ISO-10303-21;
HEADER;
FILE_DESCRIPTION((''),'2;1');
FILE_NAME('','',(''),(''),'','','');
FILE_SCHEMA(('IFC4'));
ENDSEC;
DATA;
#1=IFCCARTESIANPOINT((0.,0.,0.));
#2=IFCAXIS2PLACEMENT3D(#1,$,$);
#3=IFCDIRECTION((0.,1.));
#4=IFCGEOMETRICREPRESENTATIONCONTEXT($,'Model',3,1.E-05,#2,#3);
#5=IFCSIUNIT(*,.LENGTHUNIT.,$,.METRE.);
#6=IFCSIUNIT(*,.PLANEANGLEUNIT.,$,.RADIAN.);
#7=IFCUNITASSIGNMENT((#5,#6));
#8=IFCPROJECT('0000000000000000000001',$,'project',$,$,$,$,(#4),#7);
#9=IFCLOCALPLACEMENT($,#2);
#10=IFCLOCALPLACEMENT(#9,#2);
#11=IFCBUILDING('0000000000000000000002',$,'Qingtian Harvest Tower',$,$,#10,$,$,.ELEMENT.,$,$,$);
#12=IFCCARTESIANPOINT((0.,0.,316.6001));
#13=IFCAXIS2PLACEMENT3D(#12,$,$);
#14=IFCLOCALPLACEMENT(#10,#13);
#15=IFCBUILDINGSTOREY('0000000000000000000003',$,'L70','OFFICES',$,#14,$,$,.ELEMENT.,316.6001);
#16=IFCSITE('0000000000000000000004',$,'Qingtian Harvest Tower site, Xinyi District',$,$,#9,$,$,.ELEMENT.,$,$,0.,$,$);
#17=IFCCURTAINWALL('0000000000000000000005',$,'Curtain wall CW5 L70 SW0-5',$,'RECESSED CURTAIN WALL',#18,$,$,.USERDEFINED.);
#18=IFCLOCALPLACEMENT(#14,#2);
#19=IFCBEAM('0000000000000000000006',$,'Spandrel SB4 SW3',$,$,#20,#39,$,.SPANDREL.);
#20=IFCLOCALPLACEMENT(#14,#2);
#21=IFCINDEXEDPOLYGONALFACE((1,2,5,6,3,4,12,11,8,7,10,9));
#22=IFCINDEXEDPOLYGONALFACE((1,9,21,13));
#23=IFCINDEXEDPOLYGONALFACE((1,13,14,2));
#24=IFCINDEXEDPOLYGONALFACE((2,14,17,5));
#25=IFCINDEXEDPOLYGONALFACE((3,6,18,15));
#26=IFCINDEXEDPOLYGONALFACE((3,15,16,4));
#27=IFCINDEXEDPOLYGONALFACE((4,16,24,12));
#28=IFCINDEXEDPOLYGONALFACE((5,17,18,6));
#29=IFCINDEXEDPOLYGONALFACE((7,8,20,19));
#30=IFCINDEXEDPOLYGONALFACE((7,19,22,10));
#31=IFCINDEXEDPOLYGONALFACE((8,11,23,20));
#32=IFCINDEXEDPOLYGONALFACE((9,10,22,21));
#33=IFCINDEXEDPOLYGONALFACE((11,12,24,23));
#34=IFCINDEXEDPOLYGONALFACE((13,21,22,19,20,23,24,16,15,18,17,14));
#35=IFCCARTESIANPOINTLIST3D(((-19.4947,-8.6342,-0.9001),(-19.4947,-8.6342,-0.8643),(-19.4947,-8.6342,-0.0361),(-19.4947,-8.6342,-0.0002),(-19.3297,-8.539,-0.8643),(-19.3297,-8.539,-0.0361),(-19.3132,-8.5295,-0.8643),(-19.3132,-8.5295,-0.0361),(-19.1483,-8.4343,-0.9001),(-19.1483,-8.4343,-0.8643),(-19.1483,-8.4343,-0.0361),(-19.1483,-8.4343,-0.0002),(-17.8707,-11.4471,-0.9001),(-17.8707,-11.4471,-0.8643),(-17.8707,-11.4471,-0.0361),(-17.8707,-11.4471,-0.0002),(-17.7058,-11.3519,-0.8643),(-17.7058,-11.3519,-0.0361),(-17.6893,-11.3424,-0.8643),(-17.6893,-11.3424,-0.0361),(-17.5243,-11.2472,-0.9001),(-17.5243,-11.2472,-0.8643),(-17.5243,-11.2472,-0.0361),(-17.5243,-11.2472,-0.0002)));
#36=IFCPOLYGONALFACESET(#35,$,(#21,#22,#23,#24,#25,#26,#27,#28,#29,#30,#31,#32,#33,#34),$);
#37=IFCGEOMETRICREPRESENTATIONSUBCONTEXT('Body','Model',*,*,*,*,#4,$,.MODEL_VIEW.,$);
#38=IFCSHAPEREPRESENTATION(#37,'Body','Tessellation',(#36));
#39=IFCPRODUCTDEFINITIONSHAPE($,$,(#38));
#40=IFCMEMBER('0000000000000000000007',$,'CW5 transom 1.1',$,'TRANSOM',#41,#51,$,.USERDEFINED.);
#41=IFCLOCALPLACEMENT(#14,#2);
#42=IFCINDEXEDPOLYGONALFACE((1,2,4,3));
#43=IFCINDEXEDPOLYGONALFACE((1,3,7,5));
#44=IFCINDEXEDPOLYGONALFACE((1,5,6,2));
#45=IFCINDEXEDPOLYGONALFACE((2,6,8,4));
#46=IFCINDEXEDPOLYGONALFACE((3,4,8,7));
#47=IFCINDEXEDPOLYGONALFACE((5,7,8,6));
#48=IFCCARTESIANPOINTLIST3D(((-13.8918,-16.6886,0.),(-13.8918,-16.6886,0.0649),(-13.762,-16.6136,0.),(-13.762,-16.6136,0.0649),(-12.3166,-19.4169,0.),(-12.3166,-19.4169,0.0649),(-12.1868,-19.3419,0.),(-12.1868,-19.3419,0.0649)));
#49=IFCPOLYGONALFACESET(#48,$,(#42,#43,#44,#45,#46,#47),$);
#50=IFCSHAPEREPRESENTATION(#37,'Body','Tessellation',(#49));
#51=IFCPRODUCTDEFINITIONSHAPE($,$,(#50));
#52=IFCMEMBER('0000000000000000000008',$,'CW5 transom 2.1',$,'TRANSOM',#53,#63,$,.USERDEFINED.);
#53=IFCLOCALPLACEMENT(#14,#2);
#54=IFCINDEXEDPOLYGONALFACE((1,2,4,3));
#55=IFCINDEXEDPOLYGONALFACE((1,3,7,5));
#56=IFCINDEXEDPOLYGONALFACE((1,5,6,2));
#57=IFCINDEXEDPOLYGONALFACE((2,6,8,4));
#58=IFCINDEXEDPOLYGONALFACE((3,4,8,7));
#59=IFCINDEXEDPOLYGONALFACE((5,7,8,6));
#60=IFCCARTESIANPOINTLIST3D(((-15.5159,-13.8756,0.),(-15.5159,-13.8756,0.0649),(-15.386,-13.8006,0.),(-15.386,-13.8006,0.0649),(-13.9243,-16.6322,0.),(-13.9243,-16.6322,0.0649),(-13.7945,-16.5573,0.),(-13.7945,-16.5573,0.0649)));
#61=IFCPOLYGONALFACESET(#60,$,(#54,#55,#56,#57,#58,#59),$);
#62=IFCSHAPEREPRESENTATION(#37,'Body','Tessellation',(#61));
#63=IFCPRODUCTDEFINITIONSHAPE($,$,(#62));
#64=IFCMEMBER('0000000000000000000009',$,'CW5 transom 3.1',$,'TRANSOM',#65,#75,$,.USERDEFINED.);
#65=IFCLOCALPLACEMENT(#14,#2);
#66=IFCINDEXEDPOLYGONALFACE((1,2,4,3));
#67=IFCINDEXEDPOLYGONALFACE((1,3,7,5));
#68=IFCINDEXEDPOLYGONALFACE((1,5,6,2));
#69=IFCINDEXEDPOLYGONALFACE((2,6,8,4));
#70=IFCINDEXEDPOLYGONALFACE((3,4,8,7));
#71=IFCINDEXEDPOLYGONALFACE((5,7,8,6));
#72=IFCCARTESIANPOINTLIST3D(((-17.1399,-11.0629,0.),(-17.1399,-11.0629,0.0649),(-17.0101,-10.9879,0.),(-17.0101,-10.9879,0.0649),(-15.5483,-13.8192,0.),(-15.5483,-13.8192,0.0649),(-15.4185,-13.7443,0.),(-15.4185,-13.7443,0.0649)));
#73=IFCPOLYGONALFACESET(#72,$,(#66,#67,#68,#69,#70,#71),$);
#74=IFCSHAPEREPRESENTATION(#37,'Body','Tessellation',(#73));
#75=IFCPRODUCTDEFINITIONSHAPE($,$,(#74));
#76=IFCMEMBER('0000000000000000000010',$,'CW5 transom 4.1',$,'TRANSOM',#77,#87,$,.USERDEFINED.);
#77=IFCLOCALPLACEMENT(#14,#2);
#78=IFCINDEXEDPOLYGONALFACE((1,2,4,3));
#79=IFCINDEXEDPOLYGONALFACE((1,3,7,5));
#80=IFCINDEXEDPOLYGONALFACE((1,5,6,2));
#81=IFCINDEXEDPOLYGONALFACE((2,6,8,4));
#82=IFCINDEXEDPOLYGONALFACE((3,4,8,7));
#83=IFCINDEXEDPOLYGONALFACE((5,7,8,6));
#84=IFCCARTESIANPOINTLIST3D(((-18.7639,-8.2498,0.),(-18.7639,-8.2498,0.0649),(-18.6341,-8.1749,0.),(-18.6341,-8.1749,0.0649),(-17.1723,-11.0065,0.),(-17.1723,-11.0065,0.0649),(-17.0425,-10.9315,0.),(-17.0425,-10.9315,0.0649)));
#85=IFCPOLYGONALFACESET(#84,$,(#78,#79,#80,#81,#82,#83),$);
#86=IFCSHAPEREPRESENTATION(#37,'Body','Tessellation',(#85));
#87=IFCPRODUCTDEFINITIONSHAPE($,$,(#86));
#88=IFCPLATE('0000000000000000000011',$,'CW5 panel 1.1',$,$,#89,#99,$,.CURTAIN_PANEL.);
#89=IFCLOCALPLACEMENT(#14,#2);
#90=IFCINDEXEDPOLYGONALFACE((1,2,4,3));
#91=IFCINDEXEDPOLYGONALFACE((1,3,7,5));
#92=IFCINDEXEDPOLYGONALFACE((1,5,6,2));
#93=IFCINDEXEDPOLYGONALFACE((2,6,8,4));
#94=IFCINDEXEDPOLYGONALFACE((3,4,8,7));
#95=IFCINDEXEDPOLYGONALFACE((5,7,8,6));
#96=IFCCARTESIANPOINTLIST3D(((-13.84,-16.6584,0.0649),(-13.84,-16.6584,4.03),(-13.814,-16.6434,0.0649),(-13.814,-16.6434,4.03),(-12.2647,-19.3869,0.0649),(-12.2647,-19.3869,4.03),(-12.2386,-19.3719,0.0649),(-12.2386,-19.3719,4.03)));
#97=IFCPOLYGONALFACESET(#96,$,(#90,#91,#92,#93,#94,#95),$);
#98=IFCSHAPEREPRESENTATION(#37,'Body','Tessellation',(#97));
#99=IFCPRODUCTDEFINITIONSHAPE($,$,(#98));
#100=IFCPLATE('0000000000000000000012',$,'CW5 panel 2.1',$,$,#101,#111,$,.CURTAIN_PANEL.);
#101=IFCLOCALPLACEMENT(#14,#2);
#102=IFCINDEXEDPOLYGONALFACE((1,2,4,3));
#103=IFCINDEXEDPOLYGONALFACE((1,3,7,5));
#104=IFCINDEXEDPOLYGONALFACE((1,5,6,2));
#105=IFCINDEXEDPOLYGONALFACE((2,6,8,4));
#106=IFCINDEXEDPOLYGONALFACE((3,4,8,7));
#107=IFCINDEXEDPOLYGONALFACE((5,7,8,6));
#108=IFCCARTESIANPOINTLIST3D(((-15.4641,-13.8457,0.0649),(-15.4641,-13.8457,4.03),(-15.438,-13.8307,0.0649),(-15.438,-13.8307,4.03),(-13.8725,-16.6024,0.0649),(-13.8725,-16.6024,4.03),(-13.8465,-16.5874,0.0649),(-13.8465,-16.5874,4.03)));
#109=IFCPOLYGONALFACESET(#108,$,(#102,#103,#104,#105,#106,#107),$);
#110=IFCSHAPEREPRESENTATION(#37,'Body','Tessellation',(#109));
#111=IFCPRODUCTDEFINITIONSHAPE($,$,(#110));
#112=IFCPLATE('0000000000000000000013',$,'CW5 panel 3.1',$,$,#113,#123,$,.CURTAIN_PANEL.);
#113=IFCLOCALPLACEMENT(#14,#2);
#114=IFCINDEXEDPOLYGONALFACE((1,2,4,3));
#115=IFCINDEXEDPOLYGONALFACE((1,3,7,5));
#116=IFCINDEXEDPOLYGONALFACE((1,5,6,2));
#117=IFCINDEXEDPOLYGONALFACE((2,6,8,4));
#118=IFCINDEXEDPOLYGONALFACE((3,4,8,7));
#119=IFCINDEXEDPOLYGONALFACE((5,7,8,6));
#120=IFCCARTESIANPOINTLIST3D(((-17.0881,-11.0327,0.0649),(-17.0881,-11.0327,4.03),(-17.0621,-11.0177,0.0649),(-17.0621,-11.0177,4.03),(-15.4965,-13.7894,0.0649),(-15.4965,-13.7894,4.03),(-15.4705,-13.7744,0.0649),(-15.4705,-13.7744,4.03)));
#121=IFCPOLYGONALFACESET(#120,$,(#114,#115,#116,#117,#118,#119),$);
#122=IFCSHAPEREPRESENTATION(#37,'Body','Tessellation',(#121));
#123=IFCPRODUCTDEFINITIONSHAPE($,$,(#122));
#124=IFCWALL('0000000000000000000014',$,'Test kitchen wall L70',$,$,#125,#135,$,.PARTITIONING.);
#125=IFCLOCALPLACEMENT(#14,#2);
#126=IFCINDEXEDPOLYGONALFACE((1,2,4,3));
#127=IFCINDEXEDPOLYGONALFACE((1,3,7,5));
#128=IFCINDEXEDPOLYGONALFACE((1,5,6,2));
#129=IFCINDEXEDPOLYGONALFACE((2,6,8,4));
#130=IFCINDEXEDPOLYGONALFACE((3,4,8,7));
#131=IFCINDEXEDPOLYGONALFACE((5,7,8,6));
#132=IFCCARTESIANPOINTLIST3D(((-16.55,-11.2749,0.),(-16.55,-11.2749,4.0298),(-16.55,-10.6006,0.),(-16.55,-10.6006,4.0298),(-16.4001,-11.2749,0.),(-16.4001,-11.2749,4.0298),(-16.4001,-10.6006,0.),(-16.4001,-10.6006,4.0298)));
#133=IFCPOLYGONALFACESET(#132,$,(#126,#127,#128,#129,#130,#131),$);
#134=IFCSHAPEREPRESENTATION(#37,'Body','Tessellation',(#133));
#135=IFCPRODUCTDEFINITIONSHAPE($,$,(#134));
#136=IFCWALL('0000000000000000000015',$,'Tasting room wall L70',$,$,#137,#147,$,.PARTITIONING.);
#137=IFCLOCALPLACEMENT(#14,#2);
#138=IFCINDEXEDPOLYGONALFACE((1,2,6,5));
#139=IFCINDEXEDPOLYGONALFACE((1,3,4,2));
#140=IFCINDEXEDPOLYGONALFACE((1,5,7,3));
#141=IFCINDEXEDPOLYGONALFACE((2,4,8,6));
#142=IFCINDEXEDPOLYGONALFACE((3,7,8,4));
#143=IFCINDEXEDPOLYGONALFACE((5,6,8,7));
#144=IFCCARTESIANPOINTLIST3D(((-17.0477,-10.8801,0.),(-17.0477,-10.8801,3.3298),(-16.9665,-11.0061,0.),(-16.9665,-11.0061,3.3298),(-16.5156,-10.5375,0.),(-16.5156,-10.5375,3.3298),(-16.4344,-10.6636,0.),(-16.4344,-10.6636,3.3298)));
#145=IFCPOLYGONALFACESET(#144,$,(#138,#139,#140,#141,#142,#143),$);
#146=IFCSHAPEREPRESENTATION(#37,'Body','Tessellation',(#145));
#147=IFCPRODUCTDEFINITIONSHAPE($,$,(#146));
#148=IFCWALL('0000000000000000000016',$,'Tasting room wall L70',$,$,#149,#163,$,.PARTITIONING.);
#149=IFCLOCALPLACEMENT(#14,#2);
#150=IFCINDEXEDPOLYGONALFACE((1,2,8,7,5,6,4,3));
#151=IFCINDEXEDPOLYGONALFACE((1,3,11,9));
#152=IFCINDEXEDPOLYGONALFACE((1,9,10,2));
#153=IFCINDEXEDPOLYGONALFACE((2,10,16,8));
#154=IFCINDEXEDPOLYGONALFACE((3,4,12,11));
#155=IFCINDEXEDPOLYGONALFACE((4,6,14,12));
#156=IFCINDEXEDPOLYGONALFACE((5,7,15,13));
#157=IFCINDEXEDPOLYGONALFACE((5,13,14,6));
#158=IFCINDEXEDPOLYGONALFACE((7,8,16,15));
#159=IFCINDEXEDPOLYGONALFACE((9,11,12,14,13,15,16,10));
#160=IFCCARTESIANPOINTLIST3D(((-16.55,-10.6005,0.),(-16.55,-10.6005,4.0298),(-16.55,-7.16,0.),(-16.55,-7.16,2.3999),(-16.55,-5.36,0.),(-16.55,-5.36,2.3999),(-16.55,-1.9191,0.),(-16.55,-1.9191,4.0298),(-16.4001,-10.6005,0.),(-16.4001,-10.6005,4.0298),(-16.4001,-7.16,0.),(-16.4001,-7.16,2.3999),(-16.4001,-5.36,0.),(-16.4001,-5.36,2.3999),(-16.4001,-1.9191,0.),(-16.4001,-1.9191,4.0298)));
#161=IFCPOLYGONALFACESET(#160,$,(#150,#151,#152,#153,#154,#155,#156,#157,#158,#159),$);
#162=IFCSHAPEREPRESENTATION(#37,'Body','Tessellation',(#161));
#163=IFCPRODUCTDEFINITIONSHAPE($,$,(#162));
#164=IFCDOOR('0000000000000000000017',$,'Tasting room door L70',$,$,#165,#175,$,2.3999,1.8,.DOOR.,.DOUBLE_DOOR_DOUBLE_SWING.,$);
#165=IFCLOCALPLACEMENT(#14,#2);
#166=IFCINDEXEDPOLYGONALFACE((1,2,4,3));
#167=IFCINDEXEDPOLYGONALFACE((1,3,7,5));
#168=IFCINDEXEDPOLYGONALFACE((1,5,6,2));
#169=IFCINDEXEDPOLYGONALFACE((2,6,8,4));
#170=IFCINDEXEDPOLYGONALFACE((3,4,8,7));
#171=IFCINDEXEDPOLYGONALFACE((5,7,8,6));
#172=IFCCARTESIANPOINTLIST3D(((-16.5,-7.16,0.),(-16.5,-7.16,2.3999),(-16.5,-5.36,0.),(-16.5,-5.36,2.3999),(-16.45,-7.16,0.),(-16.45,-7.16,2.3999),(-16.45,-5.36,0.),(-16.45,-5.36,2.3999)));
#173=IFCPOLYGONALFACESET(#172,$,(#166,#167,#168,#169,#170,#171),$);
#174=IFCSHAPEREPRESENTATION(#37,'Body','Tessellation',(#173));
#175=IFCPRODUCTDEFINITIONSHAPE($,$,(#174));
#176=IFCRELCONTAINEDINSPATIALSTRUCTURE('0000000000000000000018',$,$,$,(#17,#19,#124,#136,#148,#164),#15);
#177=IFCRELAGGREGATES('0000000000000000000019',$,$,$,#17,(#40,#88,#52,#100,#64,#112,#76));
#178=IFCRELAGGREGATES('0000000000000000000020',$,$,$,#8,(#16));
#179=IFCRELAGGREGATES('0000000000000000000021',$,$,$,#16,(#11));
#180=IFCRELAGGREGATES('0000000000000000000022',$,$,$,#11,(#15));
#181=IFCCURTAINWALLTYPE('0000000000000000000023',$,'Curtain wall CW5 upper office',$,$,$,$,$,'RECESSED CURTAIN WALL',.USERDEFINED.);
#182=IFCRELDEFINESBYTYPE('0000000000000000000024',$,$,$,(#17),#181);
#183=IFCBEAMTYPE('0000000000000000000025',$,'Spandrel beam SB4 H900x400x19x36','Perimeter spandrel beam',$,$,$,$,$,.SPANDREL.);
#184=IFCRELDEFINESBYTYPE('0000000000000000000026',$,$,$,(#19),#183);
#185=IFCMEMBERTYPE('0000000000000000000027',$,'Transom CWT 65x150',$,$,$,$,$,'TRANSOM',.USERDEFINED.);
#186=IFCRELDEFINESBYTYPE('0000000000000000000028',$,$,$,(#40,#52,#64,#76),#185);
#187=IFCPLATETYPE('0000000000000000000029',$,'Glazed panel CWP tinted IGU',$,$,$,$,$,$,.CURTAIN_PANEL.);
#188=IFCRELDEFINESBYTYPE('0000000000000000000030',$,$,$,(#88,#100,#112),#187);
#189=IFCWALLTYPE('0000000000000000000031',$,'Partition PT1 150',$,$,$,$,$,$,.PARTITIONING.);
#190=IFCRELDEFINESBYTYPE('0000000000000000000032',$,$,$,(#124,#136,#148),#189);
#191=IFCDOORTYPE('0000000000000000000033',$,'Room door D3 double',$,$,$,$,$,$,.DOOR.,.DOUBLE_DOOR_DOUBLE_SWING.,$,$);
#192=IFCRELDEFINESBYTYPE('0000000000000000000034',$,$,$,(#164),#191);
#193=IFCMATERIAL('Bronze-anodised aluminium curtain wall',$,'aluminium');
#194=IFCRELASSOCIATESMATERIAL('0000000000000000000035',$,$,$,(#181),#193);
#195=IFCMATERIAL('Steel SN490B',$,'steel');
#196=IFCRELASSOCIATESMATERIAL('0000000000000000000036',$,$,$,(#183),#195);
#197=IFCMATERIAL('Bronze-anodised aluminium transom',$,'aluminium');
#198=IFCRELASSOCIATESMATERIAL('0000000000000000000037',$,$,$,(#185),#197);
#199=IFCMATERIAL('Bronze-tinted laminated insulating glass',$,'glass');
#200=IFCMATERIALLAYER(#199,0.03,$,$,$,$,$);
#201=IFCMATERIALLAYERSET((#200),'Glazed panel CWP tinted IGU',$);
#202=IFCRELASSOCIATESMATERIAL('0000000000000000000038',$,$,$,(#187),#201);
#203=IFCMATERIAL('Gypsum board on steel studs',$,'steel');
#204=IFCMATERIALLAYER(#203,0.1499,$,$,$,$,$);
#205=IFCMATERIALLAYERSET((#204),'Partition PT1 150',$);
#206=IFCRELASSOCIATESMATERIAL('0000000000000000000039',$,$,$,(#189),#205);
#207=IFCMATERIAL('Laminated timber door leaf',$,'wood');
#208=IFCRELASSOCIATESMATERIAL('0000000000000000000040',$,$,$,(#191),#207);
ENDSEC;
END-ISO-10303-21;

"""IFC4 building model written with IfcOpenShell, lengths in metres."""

from ifc_helpers import new_model, si_unit, direction, frame, frame_2d, origin, origin_2d, place, context, subcontext, project, spatial, rectangle, i_section, extrude, material, layer, layer_set, material_profile, profile_set, type_object, element, fill, aggregate, save


model = new_model("IFC4")

# Units and contexts
model_context = context("Model", 3, precision=1e-05, world=origin(), true_north=direction((0.0, 1.0)))
body_context = subcontext(model_context, "Body", "Model", "MODEL_VIEW")
ifc_project = project(units=[si_unit("LENGTHUNIT", "METRE"), si_unit("PLANEANGLEUNIT", "RADIAN")], contexts=[model_context])

# Site, building, storey
site_placement = place(None, origin())
site = spatial("IfcSite", under=ifc_project, at=site_placement, Name="Qingtian Harvest Tower site, Xinyi District", CompositionType="ELEMENT", RefElevation=0.0)
building_placement = place(site_placement, origin())
building = spatial("IfcBuilding", under=site, at=building_placement, Name="Qingtian Harvest Tower", CompositionType="ELEMENT")
storey_placement = place(building_placement, frame((0.0, 0.0, 316.6001)))
storey = spatial("IfcBuildingStorey", under=building, at=storey_placement, Name="L70", Description="OFFICES", CompositionType="ELEMENT", Elevation=316.6001)

# Shared definitions
ifc_material_1 = material(Name="Bronze-anodised aluminium curtain wall", Category="aluminium")
curtain_wall_type = type_object("IfcCurtainWallType", Name="Curtain wall CW5 upper office", ElementType="RECESSED CURTAIN WALL", PredefinedType="USERDEFINED", material=ifc_material_1)

# Curtain wall
curtain_wall_1_placement = place(storey_placement, origin())
curtain_wall_1 = element("IfcCurtainWall", 1, at=curtain_wall_1_placement, inside=storey, type_object=curtain_wall_type, Name="Curtain wall CW5 L70 SW0-5", ObjectType="RECESSED CURTAIN WALL", PredefinedType="USERDEFINED")

# Beam
ifc_material_2 = material(Name="Steel SN490B", Category="steel")
ifc_material_profile_1 = material_profile(ifc_material_2, i_section(OverallWidth=0.3999, OverallDepth=0.8999, WebThickness=0.019, FlangeThickness=0.0359, at=origin_2d()), Name="H900x400x19x36")
ifc_profile_set_1 = profile_set([ifc_material_profile_1], Name="Steel SN490B")
beam_type_1 = type_object("IfcBeamType", Name="Spandrel beam SB4 H900x400x19x36", Description="Perimeter spandrel beam", PredefinedType="SPANDREL", material=ifc_profile_set_1)
beam_1_placement = place(storey_placement, frame((-17.6975, -11.3472, -0.4502), z_axis=(-0.499987, 0.866033, 0.0), x_axis=(-0.866033, -0.499987, 0.0)))
element("IfcBeam", 2, at=beam_1_placement, inside=storey, type_object=beam_type_1, Name="Spandrel SB4 SW3", PredefinedType="SPANDREL", context=body_context, shape_type="SweptSolid", body=[
    extrude(i_section(OverallWidth=0.3999, OverallDepth=0.8999, WebThickness=0.019, FlangeThickness=0.0359, at=origin_2d()), origin(), (0.0, 0.0, 1.0), 3.248),
])

# Members
ifc_material_3 = material(Name="Bronze-anodised aluminium transom", Category="aluminium")
ifc_material_profile_2 = material_profile(ifc_material_3, rectangle(XDim=0.1499, YDim=0.0649, at=origin_2d()), Name="AL 65x150")
ifc_profile_set_2 = profile_set([ifc_material_profile_2], Name="Bronze-anodised aluminium transom")
member_type_1 = type_object("IfcMemberType", Name="Transom CWT 65x150", ElementType="TRANSOM", PredefinedType="USERDEFINED", material=ifc_profile_set_2)
member_1_placement = place(storey_placement, frame((-12.2517, -19.3794, 0.0325), z_axis=(-0.500006, 0.866022, 0.0), x_axis=(-0.866022, -0.500006, 0.0)))
member_1 = element("IfcMember", 3, at=member_1_placement, type_object=member_type_1, Name="CW5 transom 1.1", ObjectType="TRANSOM", PredefinedType="USERDEFINED", context=body_context, shape_type="SweptSolid", body=[
    extrude(rectangle(XDim=0.1499, YDim=0.0649, at=origin_2d()), origin(), (0.0, 0.0, 1.0), 3.1504),
])
member_2_placement = place(storey_placement, frame((-13.8594, -16.5947, 0.0325), z_axis=(-0.500008, 0.866021, 0.0), x_axis=(-0.866021, -0.500008, 0.0)))
member_2 = element("IfcMember", 4, at=member_2_placement, type_object=member_type_1, Name="CW5 transom 2.1", ObjectType="TRANSOM", PredefinedType="USERDEFINED", context=body_context, shape_type="SweptSolid", body=[
    extrude(rectangle(XDim=0.1499, YDim=0.0649, at=origin_2d()), origin(), (0.0, 0.0, 1.0), 3.1831),
])
member_3_placement = place(storey_placement, frame((-15.4834, -13.7817, 0.0325), z_axis=(-0.500041, 0.866002, 0.0), x_axis=(-0.866002, -0.500041, 0.0)))
member_3 = element("IfcMember", 5, at=member_3_placement, type_object=member_type_1, Name="CW5 transom 3.1", ObjectType="TRANSOM", PredefinedType="USERDEFINED", context=body_context, shape_type="SweptSolid", body=[
    extrude(rectangle(XDim=0.1499, YDim=0.0649, at=origin_2d()), origin(), (0.0, 0.0, 1.0), 3.1829),
])
member_4_placement = place(storey_placement, frame((-17.1074, -10.969, 0.0325), z_axis=(-0.500008, 0.866021, 0.0), x_axis=(-0.866021, -0.500008, 0.0)))
member_4 = element("IfcMember", 6, at=member_4_placement, type_object=member_type_1, Name="CW5 transom 4.1", ObjectType="TRANSOM", PredefinedType="USERDEFINED", context=body_context, shape_type="SweptSolid", body=[
    extrude(rectangle(XDim=0.1499, YDim=0.0649, at=origin_2d()), origin(), (0.0, 0.0, 1.0), 3.1831),
])

# Plates
ifc_material_4 = material(Name="Bronze-tinted laminated insulating glass", Category="glass")
ifc_layer_1 = layer(ifc_material_4, 0.03)
ifc_layer_set_1 = layer_set([ifc_layer_1], Name="Glazed panel CWP tinted IGU")
plate_type = type_object("IfcPlateType", Name="Glazed panel CWP tinted IGU", PredefinedType="CURTAIN_PANEL", material=ifc_layer_set_1)
plate_1_placement = place(storey_placement, frame((-13.0393, -18.0151, 0.0649), z_axis=(0.0, 0.0, 1.0), x_axis=(-0.5, 0.866025, 0.0)))
plate_1 = element("IfcPlate", 7, at=plate_1_placement, type_object=plate_type, Name="CW5 panel 1.1", PredefinedType="CURTAIN_PANEL", context=body_context, shape_type="SweptSolid", body=[
    extrude(rectangle(XDim=3.1506, YDim=0.03, at=origin_2d()), origin(), (0.0, 0.0, 1.0), 3.9651),
])
plate_2_placement = place(storey_placement, frame((-14.6553, -15.2166, 0.0649), z_axis=(0.0, 0.0, 1.0), x_axis=(-0.5, 0.866025, 0.0)))
plate_2 = element("IfcPlate", 8, at=plate_2_placement, type_object=plate_type, Name="CW5 panel 2.1", PredefinedType="CURTAIN_PANEL", context=body_context, shape_type="SweptSolid", body=[
    extrude(rectangle(XDim=3.1831, YDim=0.03, at=origin_2d()), origin(), (0.0, 0.0, 1.0), 3.9651),
])
plate_3_placement = place(storey_placement, frame((-16.2793, -12.4036, 0.0649), z_axis=(0.0, 0.0, 1.0), x_axis=(-0.5, 0.866025, 0.0)))
plate_3 = element("IfcPlate", 9, at=plate_3_placement, type_object=plate_type, Name="CW5 panel 3.1", PredefinedType="CURTAIN_PANEL", context=body_context, shape_type="SweptSolid", body=[
    extrude(rectangle(XDim=3.1831, YDim=0.03, at=origin_2d()), origin(), (0.0, 0.0, 1.0), 3.9651),
])
aggregate(curtain_wall_1, [member_1, plate_1, member_2, plate_2, member_3, plate_3, member_4])

# Walls
ifc_material_5 = material(Name="Gypsum board on steel studs", Category="steel")
ifc_layer_2 = layer(ifc_material_5, 0.1499)
ifc_layer_set_2 = layer_set([ifc_layer_2], Name="Partition PT1 150")
wall_type = type_object("IfcWallType", Name="Partition PT1 150", PredefinedType="PARTITIONING", material=ifc_layer_set_2)
wall_1_placement = place(storey_placement, frame((-16.4751, -11.2749, 0.0), z_axis=(0.0, 0.0, 1.0), x_axis=(0.0, 1.0, 0.0)))
element("IfcWall", 10, at=wall_1_placement, inside=storey, type_object=wall_type, Name="Test kitchen wall L70", PredefinedType="PARTITIONING", context=body_context, shape_type="SweptSolid", body=[
    extrude(rectangle(XDim=0.6743, YDim=0.1499, at=frame_2d((0.3372, 0.0))), origin(), (0.0, 0.0, 1.0), 4.0298),
])
wall_2_placement = place(storey_placement, frame((-17.0071, -10.9431, 0.0), z_axis=(0.0, 0.0, 1.0), x_axis=(0.84079, 0.541362, 0.0)))
element("IfcWall", 11, at=wall_2_placement, inside=storey, type_object=wall_type, Name="Tasting room wall L70", PredefinedType="PARTITIONING", context=body_context, shape_type="SweptSolid", body=[
    extrude(rectangle(XDim=0.6328, YDim=0.1499, at=frame_2d((0.3164, 0.0))), origin(), (0.0, 0.0, 1.0), 3.3298),
])

# Wall, opening, door
wall_3_placement = place(storey_placement, frame((-16.4751, -10.6006, 0.0), z_axis=(0.0, 0.0, 1.0), x_axis=(0.0, 1.0, 0.0)))
wall_3 = element("IfcWall", 12, at=wall_3_placement, inside=storey, type_object=wall_type, Name="Tasting room wall L70", PredefinedType="PARTITIONING", context=body_context, shape_type="SweptSolid", body=[
    extrude(rectangle(XDim=8.6814, YDim=0.1499, at=frame_2d((4.3408, 0.0))), origin(), (0.0, 0.0, 1.0), 4.0298),
])
opening_placement = place(wall_3_placement, frame((3.4407, 0.0, 0.0)))
opening = element("IfcOpeningElement", 13, at=opening_placement, cuts=wall_3, PredefinedType="OPENING", context=body_context, shape_type="SweptSolid", body=[
    extrude(rectangle(XDim=1.8, YDim=2.3999, at=frame_2d((0.8999, 1.2))), frame((0.0, 0.085, 0.0), z_axis=(0.0, -1.0, 0.0), x_axis=(1.0, 0.0, 0.0)), (0.0, 0.0, 1.0), 0.1699),
])
ifc_material_6 = material(Name="Laminated timber door leaf", Category="wood")
door_type = type_object("IfcDoorType", Name="Room door D3 double", OperationType="DOUBLE_DOOR_DOUBLE_SWING", PredefinedType="DOOR", material=ifc_material_6)
door_placement = place(opening_placement, origin())
door = element("IfcDoor", 14, at=door_placement, inside=storey, type_object=door_type, Name="Tasting room door L70", OperationType="DOUBLE_DOOR_DOUBLE_SWING", OverallHeight=2.3999, OverallWidth=1.8, PredefinedType="DOOR", context=body_context, shape_type="SweptSolid", body=[
    extrude(rectangle(XDim=1.8, YDim=2.3999, at=frame_2d((0.8999, 1.2))), frame((0.0, 0.0249, 0.0), z_axis=(0.0, -1.0, 0.0), x_axis=(1.0, 0.0, 0.0)), (0.0, 0.0, 1.0), 0.05),
])
fill(opening, door)

save(model, "model.ifc")
